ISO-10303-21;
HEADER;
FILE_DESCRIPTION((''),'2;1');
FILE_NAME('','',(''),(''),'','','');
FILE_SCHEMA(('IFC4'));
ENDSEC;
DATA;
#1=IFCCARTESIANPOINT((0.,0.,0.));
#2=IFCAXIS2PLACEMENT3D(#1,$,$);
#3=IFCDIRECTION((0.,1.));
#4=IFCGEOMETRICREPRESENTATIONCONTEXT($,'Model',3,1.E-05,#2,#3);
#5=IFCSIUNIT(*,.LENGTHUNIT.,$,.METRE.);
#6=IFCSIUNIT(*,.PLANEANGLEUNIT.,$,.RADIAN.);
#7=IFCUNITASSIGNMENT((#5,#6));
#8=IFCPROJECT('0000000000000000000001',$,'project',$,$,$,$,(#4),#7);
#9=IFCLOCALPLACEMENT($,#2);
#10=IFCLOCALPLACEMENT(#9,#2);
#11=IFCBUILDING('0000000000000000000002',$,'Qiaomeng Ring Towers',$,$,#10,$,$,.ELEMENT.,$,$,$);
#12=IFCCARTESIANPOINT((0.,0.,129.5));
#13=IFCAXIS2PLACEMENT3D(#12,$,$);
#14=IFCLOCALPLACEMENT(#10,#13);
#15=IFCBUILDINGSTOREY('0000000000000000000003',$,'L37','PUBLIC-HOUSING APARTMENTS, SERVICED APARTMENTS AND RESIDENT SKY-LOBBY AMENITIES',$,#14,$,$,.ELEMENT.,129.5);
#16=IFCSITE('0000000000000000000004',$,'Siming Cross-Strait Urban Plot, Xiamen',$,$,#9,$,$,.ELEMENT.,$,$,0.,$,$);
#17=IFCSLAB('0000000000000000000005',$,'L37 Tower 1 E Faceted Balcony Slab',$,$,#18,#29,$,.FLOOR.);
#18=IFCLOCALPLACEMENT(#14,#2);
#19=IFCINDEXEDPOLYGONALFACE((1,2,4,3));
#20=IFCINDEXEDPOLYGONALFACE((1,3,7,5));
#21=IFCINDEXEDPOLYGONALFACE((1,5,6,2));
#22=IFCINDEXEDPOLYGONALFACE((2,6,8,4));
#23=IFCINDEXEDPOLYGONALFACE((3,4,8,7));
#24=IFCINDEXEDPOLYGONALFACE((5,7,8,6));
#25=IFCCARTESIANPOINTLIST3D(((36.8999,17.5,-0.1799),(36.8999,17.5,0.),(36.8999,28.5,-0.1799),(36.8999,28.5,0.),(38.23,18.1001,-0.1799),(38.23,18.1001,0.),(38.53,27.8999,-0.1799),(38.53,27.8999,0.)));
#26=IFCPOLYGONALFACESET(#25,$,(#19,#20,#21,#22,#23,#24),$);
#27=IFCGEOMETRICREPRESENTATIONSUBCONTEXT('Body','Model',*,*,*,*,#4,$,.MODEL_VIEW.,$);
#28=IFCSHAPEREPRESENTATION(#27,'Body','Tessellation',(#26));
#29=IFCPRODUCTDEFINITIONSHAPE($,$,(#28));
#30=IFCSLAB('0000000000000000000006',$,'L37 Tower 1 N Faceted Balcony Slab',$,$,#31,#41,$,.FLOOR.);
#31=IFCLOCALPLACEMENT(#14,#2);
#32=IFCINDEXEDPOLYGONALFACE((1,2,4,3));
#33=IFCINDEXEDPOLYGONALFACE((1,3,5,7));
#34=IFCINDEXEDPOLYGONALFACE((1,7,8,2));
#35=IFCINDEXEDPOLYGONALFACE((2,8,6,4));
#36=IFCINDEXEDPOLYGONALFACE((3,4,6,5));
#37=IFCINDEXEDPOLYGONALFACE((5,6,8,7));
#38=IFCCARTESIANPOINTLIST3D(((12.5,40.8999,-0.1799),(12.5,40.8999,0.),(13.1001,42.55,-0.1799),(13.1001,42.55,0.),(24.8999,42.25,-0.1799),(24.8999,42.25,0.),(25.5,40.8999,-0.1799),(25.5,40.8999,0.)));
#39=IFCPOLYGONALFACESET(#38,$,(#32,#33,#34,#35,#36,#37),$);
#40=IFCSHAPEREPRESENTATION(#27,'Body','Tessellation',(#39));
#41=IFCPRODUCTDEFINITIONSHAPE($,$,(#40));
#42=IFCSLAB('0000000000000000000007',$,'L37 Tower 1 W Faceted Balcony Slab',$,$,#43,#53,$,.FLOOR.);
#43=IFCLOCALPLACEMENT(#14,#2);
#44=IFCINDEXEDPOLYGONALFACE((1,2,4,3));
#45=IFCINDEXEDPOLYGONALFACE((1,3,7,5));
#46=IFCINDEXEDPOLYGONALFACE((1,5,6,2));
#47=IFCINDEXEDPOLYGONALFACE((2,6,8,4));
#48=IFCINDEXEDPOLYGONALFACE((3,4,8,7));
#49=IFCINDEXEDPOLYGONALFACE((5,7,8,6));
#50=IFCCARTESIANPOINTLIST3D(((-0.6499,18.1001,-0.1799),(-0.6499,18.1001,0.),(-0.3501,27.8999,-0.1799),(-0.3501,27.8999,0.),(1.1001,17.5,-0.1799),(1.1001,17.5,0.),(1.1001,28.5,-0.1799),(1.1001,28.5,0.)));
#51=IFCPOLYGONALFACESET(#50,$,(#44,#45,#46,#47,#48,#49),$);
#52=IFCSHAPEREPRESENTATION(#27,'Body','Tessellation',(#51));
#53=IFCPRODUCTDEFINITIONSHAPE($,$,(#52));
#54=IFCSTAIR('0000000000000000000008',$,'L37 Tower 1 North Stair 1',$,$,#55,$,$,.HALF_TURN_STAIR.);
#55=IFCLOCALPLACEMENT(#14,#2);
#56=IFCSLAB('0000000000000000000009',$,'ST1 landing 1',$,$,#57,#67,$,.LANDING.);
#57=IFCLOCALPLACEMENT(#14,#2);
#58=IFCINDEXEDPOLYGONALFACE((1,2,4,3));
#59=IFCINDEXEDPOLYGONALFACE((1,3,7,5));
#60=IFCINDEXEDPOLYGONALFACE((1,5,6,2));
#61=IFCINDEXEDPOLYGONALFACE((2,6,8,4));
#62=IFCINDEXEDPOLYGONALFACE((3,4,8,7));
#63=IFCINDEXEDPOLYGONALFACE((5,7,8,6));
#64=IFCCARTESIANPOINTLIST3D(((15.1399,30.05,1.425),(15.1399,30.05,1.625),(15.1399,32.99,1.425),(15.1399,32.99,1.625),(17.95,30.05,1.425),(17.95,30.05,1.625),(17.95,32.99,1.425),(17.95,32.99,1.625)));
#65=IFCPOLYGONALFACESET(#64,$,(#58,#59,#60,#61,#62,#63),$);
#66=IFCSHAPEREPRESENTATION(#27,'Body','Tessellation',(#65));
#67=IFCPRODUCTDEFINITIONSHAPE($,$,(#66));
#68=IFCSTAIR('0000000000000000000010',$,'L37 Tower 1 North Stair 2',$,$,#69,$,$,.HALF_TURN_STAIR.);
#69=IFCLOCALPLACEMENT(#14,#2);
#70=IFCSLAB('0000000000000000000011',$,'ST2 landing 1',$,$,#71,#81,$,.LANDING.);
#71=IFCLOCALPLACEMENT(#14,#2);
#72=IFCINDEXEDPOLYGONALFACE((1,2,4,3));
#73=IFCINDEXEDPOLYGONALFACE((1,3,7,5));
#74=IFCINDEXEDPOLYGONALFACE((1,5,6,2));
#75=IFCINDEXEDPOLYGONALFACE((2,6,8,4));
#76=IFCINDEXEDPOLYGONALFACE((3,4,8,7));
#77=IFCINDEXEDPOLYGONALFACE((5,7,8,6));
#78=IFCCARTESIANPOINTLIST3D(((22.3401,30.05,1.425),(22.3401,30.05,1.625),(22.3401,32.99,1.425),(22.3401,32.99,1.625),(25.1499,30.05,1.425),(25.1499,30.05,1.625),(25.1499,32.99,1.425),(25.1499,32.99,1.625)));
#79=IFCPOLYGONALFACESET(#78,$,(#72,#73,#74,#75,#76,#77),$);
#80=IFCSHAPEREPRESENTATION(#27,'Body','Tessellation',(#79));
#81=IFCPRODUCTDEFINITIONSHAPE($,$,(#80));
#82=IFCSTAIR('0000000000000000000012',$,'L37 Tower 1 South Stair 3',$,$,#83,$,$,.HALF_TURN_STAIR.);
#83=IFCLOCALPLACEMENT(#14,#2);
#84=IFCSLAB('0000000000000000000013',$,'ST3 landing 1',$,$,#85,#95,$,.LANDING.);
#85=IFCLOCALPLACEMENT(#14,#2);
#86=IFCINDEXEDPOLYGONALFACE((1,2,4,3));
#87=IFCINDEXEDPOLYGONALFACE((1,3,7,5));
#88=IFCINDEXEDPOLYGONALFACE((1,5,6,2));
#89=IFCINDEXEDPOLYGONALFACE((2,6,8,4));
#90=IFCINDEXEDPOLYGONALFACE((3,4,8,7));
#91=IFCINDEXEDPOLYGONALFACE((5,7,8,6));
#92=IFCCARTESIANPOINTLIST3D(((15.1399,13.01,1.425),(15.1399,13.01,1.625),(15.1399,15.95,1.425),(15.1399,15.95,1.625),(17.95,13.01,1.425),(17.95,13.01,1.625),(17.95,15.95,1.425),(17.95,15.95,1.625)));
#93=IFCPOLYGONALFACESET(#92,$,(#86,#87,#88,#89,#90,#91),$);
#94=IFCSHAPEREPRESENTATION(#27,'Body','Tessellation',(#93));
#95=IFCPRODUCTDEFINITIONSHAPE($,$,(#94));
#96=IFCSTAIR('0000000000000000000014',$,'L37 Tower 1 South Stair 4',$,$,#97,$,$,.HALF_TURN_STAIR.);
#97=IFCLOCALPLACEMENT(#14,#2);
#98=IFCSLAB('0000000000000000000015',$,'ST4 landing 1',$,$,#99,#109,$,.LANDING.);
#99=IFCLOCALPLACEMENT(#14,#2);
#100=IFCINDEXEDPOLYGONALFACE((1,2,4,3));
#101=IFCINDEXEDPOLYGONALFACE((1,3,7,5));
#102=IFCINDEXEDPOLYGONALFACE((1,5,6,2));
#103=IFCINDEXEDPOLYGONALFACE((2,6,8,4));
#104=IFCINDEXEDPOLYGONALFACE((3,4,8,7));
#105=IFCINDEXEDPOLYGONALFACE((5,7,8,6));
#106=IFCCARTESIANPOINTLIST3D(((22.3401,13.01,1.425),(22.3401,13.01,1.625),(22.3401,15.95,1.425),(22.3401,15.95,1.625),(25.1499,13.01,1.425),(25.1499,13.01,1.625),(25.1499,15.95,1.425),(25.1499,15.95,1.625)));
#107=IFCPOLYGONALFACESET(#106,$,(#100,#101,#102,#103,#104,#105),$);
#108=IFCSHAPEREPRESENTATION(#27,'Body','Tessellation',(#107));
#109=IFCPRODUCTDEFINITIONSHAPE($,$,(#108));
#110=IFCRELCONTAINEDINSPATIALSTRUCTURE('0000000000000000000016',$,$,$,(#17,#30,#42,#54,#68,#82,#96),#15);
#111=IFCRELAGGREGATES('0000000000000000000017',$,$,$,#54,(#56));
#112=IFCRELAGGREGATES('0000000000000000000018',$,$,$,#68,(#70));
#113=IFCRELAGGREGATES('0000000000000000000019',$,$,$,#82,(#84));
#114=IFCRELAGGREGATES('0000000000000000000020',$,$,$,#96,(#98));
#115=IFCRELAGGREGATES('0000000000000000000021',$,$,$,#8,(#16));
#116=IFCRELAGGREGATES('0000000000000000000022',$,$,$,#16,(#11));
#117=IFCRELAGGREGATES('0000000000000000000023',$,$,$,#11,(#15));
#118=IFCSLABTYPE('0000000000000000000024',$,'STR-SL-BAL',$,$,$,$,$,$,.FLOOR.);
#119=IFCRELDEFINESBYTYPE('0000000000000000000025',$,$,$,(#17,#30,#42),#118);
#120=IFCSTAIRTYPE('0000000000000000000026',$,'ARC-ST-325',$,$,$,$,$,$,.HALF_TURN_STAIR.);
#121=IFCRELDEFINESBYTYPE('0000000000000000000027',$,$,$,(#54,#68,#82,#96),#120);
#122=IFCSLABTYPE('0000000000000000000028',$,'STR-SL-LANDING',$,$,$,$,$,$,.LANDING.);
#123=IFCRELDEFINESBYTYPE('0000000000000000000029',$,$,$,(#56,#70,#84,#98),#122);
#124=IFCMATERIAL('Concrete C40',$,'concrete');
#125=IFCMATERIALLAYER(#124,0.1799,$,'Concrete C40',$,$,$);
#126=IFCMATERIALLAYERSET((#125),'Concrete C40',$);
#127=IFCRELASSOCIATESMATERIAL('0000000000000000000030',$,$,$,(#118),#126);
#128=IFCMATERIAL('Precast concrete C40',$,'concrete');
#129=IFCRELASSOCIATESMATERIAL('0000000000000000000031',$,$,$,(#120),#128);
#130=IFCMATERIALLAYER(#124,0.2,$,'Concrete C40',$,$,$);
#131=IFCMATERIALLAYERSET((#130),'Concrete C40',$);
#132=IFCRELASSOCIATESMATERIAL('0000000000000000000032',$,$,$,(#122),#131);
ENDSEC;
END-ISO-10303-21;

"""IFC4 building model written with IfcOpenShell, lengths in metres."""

from ifc_helpers import new_model, si_unit, direction, frame, origin, place, context, subcontext, project, spatial, polyline, outline, extrude, material, layer, layer_set, type_object, element, aggregate, save


model = new_model("IFC4")

# Units and contexts
model_context = context("Model", 3, precision=1e-05, world=origin(), true_north=direction((0.0, 1.0)))
body_context = subcontext(model_context, "Body", "Model", "MODEL_VIEW")
ifc_project = project(units=[si_unit("LENGTHUNIT", "METRE"), si_unit("PLANEANGLEUNIT", "RADIAN")], contexts=[model_context])

# Site, building, storey
site_placement = place(None, origin())
site = spatial("IfcSite", under=ifc_project, at=site_placement, Name="Siming Cross-Strait Urban Plot, Xiamen", CompositionType="ELEMENT", RefElevation=0.0)
building_placement = place(site_placement, origin())
building = spatial("IfcBuilding", under=site, at=building_placement, Name="Qiaomeng Ring Towers", CompositionType="ELEMENT")
storey_placement = place(building_placement, frame((0.0, 0.0, 129.5)))
storey = spatial("IfcBuildingStorey", under=building, at=storey_placement, Name="L37", Description="PUBLIC-HOUSING APARTMENTS, SERVICED APARTMENTS AND RESIDENT SKY-LOBBY AMENITIES", CompositionType="ELEMENT", Elevation=129.5)

# Slabs
ifc_material_1 = material(Name="Concrete C40", Category="concrete")
ifc_layer_1 = layer(ifc_material_1, 0.1799, Name="Concrete C40")
ifc_layer_set_1 = layer_set([ifc_layer_1], Name="Concrete C40")
slab_type_1 = type_object("IfcSlabType", Name="STR-SL-BAL", PredefinedType="FLOOR", material=ifc_layer_set_1)
slab_1_placement = place(storey_placement, frame((0.0, 0.0, -0.1799)))
element("IfcSlab", 1, at=slab_1_placement, inside=storey, type_object=slab_type_1, Name="L37 Tower 1 E Faceted Balcony Slab", PredefinedType="FLOOR", context=body_context, shape_type="SweptSolid", body=[
    extrude(outline(polyline([(38.53, 27.8999), (38.23, 18.1001), (36.8999, 17.5), (36.8999, 28.5), (38.53, 27.8999)])), origin(), (0.0, 0.0, 1.0), 0.1799),
])
slab_2_placement = place(storey_placement, frame((0.0, 0.0, -0.1799)))
element("IfcSlab", 2, at=slab_2_placement, inside=storey, type_object=slab_type_1, Name="L37 Tower 1 N Faceted Balcony Slab", PredefinedType="FLOOR", context=body_context, shape_type="SweptSolid", body=[
    extrude(outline(polyline([(12.5, 40.8999), (13.1001, 42.55), (24.8999, 42.25), (25.5, 40.8999), (12.5, 40.8999)])), origin(), (0.0, 0.0, 1.0), 0.1799),
])
slab_3_placement = place(storey_placement, frame((0.0, 0.0, -0.1799)))
element("IfcSlab", 3, at=slab_3_placement, inside=storey, type_object=slab_type_1, Name="L37 Tower 1 W Faceted Balcony Slab", PredefinedType="FLOOR", context=body_context, shape_type="SweptSolid", body=[
    extrude(outline(polyline([(-0.6499, 18.1001), (-0.3501, 27.8999), (1.1001, 28.5), (1.1001, 17.5), (-0.6499, 18.1001)])), origin(), (0.0, 0.0, 1.0), 0.1799),
])

# Stairs, slabs
ifc_material_2 = material(Name="Precast concrete C40", Category="concrete")
stair_type = type_object("IfcStairType", Name="ARC-ST-325", PredefinedType="HALF_TURN_STAIR", material=ifc_material_2)
stair_1_placement = place(storey_placement, origin())
stair_1 = element("IfcStair", 4, at=stair_1_placement, inside=storey, type_object=stair_type, Name="L37 Tower 1 North Stair 1", PredefinedType="HALF_TURN_STAIR")
ifc_layer_2 = layer(ifc_material_1, 0.2, Name="Concrete C40")
ifc_layer_set_2 = layer_set([ifc_layer_2], Name="Concrete C40")
slab_type_2 = type_object("IfcSlabType", Name="STR-SL-LANDING", PredefinedType="LANDING", material=ifc_layer_set_2)
slab_4_placement = place(storey_placement, frame((0.0, 0.0, 1.425)))
slab_4 = element("IfcSlab", 5, at=slab_4_placement, type_object=slab_type_2, Name="ST1 landing 1", PredefinedType="LANDING", context=body_context, shape_type="SweptSolid", body=[
    extrude(outline(polyline([(15.1399, 30.05), (17.95, 30.05), (17.95, 32.99), (15.1399, 32.99), (15.1399, 30.05)])), origin(), (0.0, 0.0, 1.0), 0.2),
])
aggregate(stair_1, [slab_4])
stair_2_placement = place(storey_placement, origin())
stair_2 = element("IfcStair", 6, at=stair_2_placement, inside=storey, type_object=stair_type, Name="L37 Tower 1 North Stair 2", PredefinedType="HALF_TURN_STAIR")
slab_5_placement = place(storey_placement, frame((0.0, 0.0, 1.425)))
slab_5 = element("IfcSlab", 7, at=slab_5_placement, type_object=slab_type_2, Name="ST2 landing 1", PredefinedType="LANDING", context=body_context, shape_type="SweptSolid", body=[
    extrude(outline(polyline([(22.3401, 30.05), (25.1499, 30.05), (25.1499, 32.99), (22.3401, 32.99), (22.3401, 30.05)])), origin(), (0.0, 0.0, 1.0), 0.2),
])
aggregate(stair_2, [slab_5])
stair_3_placement = place(storey_placement, origin())
stair_3 = element("IfcStair", 8, at=stair_3_placement, inside=storey, type_object=stair_type, Name="L37 Tower 1 South Stair 3", PredefinedType="HALF_TURN_STAIR")
slab_6_placement = place(storey_placement, frame((0.0, 0.0, 1.425)))
slab_6 = element("IfcSlab", 9, at=slab_6_placement, type_object=slab_type_2, Name="ST3 landing 1", PredefinedType="LANDING", context=body_context, shape_type="SweptSolid", body=[
    extrude(outline(polyline([(15.1399, 13.01), (17.95, 13.01), (17.95, 15.95), (15.1399, 15.95), (15.1399, 13.01)])), origin(), (0.0, 0.0, 1.0), 0.2),
])
aggregate(stair_3, [slab_6])
stair_4_placement = place(storey_placement, origin())
stair_4 = element("IfcStair", 10, at=stair_4_placement, inside=storey, type_object=stair_type, Name="L37 Tower 1 South Stair 4", PredefinedType="HALF_TURN_STAIR")
slab_7_placement = place(storey_placement, frame((0.0, 0.0, 1.425)))
slab_7 = element("IfcSlab", 11, at=slab_7_placement, type_object=slab_type_2, Name="ST4 landing 1", PredefinedType="LANDING", context=body_context, shape_type="SweptSolid", body=[
    extrude(outline(polyline([(22.3401, 13.01), (25.1499, 13.01), (25.1499, 15.95), (22.3401, 15.95), (22.3401, 13.01)])), origin(), (0.0, 0.0, 1.0), 0.2),
])
aggregate(stair_4, [slab_7])

save(model, "model.ifc")
